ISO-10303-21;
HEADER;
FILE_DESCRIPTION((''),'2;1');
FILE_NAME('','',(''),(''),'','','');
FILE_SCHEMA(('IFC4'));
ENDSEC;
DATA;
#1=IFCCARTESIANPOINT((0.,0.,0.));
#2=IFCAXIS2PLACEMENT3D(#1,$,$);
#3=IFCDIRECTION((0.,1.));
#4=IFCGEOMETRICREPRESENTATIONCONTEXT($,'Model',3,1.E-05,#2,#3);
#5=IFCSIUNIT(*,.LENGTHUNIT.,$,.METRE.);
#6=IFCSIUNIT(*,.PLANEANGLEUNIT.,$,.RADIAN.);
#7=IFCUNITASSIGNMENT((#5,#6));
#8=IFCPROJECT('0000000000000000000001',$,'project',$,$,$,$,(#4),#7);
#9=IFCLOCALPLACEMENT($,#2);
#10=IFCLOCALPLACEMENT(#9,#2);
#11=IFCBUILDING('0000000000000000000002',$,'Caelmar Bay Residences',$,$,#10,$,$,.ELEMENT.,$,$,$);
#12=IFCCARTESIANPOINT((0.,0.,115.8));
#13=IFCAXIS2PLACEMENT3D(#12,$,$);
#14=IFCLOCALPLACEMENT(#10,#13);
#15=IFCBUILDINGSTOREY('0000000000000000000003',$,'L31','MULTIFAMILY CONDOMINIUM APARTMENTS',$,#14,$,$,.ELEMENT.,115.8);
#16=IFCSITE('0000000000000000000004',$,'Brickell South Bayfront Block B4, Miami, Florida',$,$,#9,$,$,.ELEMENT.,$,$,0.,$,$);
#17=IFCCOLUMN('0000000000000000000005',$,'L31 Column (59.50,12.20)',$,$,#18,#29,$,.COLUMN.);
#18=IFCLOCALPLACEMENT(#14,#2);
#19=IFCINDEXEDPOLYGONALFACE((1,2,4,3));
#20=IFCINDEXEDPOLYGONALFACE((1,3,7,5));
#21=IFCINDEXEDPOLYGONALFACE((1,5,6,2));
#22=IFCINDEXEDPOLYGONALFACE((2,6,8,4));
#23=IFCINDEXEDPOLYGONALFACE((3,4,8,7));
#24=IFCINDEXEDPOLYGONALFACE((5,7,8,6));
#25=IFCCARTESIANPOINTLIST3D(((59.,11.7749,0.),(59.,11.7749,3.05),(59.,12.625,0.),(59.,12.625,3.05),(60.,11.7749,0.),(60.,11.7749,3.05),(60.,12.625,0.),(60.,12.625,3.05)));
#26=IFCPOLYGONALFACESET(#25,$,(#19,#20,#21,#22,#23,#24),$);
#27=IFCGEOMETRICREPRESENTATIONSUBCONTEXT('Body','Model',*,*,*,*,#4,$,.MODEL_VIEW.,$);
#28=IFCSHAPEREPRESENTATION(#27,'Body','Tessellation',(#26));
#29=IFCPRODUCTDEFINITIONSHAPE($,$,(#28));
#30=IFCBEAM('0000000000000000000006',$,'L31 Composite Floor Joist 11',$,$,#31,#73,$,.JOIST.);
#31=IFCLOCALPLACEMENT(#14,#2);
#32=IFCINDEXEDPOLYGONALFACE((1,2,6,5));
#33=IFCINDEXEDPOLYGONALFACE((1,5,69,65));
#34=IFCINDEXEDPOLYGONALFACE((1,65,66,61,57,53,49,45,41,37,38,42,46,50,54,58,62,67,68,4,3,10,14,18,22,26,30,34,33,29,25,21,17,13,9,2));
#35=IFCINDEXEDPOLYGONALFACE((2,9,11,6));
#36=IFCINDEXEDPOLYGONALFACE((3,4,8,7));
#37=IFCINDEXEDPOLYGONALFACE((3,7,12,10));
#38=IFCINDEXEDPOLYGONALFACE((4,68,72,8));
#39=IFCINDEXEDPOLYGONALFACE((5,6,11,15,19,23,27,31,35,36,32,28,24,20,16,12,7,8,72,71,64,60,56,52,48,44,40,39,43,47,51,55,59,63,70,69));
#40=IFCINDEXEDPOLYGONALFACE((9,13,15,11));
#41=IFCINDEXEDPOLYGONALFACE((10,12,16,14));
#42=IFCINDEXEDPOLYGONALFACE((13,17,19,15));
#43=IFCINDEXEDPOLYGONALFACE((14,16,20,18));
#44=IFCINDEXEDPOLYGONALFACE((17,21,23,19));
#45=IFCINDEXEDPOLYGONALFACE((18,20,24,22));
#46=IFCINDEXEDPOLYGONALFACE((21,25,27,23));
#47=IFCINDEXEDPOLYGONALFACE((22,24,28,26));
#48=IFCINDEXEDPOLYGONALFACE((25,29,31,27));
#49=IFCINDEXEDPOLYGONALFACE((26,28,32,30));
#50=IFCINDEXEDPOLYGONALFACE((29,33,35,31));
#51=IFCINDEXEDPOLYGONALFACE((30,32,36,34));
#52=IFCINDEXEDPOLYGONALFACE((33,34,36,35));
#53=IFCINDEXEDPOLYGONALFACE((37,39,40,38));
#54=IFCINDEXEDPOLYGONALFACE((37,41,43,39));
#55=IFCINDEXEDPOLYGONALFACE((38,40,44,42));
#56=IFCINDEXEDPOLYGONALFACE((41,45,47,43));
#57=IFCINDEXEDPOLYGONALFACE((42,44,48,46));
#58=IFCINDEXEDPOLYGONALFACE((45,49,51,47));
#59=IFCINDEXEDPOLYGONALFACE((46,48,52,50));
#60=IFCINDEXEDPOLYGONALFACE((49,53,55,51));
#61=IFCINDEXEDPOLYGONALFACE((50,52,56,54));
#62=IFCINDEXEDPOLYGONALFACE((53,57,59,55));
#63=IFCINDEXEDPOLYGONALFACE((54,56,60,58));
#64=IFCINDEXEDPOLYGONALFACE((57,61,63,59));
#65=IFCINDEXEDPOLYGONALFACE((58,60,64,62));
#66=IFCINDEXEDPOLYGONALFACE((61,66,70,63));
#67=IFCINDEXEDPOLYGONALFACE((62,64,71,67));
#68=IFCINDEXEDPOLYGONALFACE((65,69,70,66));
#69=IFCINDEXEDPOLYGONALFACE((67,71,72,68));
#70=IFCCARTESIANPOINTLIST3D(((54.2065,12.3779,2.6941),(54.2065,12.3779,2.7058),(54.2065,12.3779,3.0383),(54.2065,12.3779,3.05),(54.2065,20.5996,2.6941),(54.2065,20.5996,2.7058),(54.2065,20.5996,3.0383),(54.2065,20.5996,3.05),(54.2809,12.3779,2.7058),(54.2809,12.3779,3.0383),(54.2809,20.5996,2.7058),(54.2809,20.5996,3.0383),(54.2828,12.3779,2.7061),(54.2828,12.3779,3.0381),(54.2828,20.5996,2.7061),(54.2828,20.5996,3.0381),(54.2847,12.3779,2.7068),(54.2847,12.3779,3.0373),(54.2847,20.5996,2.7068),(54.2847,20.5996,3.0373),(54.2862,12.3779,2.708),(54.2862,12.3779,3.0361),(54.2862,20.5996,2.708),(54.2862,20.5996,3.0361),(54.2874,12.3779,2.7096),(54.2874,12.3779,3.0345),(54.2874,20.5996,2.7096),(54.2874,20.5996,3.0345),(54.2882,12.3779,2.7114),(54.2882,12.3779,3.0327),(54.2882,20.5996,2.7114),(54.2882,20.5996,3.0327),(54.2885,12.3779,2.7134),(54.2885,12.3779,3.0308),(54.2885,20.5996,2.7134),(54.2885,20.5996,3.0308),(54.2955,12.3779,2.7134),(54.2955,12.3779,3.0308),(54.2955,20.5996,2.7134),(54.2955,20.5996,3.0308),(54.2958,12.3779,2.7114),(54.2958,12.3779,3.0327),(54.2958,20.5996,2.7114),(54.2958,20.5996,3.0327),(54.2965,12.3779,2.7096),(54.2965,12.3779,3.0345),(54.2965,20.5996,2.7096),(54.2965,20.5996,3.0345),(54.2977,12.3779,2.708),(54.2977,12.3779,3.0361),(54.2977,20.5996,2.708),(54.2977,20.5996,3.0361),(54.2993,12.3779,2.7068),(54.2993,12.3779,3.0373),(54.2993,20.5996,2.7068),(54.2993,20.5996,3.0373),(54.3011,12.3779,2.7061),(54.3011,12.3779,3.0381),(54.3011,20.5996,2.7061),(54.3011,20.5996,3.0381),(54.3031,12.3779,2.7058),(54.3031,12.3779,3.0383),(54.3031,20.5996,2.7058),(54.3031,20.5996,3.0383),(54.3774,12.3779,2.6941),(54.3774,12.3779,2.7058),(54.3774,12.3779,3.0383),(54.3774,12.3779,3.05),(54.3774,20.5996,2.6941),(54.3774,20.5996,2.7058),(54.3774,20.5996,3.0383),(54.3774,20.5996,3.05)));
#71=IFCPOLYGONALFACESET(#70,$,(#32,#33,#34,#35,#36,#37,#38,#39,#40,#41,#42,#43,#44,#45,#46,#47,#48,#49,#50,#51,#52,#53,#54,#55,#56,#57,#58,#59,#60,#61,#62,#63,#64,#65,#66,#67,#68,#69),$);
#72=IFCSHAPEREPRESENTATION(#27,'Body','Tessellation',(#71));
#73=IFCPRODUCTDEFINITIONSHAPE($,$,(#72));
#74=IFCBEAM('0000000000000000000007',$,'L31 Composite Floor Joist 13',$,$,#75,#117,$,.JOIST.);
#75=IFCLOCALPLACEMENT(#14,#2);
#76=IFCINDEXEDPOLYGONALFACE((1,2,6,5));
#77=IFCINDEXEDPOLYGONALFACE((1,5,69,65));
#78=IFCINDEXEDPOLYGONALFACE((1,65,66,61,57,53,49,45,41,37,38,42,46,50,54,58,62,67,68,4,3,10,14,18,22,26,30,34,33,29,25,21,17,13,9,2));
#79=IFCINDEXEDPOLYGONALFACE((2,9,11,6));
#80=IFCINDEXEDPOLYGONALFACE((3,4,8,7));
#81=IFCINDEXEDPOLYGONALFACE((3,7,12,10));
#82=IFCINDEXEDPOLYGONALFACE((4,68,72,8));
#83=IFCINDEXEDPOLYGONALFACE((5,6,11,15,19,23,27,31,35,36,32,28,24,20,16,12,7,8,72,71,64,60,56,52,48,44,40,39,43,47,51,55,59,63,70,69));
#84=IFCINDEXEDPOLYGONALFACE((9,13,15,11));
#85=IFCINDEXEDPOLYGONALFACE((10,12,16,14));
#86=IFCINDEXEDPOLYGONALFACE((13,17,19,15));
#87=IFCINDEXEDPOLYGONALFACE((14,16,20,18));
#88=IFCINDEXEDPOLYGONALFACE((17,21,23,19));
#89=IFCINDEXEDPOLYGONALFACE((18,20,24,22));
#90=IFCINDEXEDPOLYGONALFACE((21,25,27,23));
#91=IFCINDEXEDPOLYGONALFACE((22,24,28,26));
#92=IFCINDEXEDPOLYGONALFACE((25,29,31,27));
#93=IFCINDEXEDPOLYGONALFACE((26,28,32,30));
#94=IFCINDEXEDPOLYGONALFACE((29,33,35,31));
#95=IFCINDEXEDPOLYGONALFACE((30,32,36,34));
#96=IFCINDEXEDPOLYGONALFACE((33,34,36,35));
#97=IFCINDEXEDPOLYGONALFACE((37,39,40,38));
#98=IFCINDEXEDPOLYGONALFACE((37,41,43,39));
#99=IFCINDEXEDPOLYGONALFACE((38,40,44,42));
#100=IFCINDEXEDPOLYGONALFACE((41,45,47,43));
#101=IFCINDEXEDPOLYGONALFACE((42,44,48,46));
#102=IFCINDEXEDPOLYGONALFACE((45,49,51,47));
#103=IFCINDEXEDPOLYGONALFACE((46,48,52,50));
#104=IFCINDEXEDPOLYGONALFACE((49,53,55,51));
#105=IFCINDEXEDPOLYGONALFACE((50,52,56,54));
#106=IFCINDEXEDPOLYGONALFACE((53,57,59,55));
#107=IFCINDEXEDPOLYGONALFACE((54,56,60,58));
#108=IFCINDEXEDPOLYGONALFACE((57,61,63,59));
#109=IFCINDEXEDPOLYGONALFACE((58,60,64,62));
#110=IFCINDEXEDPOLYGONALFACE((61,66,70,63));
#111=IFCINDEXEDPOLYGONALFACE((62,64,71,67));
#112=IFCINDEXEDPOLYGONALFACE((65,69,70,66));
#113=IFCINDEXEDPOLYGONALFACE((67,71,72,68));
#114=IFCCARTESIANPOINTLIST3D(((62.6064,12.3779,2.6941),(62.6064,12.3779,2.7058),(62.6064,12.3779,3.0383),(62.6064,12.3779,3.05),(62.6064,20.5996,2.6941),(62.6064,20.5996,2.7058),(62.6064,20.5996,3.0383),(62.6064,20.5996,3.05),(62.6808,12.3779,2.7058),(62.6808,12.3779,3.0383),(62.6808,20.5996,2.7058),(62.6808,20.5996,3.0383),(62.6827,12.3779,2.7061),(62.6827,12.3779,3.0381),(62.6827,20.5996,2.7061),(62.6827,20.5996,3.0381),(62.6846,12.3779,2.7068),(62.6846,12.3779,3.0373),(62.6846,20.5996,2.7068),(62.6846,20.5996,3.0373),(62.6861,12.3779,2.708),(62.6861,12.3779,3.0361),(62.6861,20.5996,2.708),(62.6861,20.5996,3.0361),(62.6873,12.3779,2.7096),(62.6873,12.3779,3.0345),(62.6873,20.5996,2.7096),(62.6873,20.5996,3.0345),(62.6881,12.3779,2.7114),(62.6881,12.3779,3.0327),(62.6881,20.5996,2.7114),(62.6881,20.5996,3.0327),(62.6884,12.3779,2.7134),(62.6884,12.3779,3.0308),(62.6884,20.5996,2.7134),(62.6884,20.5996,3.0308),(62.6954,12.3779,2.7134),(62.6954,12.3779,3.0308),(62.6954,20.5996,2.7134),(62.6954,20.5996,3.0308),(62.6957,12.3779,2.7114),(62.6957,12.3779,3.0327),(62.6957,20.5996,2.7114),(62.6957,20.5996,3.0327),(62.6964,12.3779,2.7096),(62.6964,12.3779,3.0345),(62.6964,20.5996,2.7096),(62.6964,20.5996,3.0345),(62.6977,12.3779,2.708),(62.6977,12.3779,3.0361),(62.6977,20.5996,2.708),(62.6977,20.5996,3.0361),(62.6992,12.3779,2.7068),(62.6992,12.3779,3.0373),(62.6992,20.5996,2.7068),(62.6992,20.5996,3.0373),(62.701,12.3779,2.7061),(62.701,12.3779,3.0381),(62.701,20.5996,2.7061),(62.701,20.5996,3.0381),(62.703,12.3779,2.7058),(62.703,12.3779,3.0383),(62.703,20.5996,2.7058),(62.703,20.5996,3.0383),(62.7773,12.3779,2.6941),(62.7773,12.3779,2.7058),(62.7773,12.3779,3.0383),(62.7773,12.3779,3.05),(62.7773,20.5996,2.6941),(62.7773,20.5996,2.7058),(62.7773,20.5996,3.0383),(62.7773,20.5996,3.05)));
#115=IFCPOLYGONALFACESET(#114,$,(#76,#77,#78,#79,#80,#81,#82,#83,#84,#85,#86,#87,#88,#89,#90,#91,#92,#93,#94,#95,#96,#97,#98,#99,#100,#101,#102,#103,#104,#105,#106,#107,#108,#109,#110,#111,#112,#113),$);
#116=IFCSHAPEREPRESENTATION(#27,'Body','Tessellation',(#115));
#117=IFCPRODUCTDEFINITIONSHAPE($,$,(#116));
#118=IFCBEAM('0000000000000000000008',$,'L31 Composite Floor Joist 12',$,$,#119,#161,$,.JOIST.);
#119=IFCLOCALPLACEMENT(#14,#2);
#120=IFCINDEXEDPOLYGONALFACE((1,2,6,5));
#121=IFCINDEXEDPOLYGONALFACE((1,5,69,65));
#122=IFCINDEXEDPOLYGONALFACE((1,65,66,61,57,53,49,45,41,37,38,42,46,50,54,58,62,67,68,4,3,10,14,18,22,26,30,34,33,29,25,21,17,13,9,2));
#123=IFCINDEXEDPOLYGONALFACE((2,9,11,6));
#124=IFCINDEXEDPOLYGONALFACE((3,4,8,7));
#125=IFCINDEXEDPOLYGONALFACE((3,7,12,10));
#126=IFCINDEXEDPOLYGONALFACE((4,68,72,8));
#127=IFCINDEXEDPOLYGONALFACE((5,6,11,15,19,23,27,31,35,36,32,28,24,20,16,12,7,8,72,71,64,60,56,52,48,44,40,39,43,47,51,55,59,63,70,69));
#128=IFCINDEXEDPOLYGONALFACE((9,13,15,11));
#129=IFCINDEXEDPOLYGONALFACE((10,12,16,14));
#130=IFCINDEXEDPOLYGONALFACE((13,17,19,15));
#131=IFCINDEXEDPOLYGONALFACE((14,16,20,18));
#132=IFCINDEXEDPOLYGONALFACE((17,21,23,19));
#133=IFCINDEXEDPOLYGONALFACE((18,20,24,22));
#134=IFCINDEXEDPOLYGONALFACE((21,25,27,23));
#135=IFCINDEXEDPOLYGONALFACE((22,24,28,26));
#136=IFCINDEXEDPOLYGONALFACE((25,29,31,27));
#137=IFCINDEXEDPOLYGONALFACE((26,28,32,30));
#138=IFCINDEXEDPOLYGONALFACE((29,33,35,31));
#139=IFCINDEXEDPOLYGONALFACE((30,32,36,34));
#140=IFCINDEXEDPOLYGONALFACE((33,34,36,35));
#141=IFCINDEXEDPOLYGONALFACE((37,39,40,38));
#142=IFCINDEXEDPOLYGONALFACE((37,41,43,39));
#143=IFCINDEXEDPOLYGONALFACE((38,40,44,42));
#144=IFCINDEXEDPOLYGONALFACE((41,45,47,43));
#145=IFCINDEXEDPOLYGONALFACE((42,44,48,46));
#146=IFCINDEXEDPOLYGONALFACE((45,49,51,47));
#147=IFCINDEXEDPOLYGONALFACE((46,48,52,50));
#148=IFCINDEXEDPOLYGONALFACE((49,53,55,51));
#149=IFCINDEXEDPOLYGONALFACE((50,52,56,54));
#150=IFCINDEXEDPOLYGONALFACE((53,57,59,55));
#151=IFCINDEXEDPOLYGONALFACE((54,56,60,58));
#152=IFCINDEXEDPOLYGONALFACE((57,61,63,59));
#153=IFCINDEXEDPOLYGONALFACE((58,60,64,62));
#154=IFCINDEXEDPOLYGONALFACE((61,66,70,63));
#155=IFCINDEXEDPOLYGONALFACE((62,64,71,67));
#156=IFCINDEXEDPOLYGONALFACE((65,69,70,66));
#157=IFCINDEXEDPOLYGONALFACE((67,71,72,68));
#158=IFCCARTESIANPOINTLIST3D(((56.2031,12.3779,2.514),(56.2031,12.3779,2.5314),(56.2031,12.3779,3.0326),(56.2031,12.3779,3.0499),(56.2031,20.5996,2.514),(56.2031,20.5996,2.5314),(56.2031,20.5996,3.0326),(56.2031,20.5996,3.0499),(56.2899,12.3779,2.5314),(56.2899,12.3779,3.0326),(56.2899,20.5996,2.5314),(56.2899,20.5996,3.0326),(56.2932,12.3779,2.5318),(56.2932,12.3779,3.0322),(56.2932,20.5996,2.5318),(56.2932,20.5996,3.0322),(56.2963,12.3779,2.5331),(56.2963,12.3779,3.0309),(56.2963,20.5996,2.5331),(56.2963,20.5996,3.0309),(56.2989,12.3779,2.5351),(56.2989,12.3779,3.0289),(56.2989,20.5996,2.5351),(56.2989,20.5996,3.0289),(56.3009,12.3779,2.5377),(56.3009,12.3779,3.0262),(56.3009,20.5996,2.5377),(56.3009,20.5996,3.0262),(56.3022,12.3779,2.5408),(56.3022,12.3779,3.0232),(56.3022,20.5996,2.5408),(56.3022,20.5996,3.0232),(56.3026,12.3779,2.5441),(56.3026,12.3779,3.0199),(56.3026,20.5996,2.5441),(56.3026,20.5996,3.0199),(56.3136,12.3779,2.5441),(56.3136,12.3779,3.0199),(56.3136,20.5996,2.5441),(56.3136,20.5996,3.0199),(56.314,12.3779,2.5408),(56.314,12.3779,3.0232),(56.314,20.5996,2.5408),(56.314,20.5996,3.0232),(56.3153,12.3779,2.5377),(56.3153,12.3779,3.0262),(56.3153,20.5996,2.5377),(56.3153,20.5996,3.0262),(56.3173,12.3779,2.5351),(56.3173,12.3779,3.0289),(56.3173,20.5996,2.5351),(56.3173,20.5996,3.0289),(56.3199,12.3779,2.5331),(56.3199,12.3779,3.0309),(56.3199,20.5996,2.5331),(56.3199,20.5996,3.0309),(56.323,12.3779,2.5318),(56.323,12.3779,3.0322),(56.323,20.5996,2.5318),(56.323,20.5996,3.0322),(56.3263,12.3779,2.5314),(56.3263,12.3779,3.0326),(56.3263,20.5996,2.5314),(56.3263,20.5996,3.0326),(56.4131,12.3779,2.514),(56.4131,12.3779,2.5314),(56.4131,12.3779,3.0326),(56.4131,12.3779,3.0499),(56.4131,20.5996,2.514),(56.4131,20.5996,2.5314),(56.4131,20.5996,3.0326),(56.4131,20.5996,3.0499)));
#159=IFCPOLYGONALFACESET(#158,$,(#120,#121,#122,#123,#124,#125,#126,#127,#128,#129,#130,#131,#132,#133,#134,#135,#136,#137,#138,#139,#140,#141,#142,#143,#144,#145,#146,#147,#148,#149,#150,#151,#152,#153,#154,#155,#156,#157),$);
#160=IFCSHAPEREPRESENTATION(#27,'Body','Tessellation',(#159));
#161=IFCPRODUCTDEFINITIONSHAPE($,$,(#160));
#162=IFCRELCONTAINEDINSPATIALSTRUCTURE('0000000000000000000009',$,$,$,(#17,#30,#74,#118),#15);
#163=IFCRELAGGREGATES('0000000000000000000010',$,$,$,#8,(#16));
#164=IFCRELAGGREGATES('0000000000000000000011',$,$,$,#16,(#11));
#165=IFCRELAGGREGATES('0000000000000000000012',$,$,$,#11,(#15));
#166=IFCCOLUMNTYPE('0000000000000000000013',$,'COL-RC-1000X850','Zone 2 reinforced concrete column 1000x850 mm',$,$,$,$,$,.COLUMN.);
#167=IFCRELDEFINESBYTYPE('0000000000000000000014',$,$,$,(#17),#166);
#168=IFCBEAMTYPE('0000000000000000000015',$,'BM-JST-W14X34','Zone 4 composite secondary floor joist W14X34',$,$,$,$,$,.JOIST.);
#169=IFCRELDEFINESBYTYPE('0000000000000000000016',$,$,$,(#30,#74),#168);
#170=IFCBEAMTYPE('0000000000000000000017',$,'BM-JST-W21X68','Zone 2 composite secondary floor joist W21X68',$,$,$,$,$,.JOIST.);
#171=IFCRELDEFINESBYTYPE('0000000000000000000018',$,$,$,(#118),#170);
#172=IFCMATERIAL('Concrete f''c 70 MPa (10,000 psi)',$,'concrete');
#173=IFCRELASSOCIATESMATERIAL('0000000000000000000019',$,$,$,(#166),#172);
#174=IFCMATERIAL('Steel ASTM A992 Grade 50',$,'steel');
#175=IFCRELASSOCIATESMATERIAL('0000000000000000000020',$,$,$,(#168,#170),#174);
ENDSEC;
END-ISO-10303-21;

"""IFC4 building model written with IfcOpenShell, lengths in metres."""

from ifc_helpers import new_model, si_unit, direction, frame, origin, origin_2d, place, context, subcontext, project, spatial, rectangle, i_section, extrude, material, material_profile, profile_set, type_object, element, save


model = new_model("IFC4")

# Units and contexts
model_context = context("Model", 3, precision=1e-05, world=origin(), true_north=direction((0.0, 1.0)))
body_context = subcontext(model_context, "Body", "Model", "MODEL_VIEW")
ifc_project = project(units=[si_unit("LENGTHUNIT", "METRE"), si_unit("PLANEANGLEUNIT", "RADIAN")], contexts=[model_context])

# Site, building, storey
site_placement = place(None, origin())
site = spatial("IfcSite", under=ifc_project, at=site_placement, Name="Brickell South Bayfront Block B4, Miami, Florida", CompositionType="ELEMENT", RefElevation=0.0)
building_placement = place(site_placement, origin())
building = spatial("IfcBuilding", under=site, at=building_placement, Name="Caelmar Bay Residences", CompositionType="ELEMENT")
storey_placement = place(building_placement, frame((0.0, 0.0, 115.8)))
storey = spatial("IfcBuildingStorey", under=building, at=storey_placement, Name="L31", Description="MULTIFAMILY CONDOMINIUM APARTMENTS", CompositionType="ELEMENT", Elevation=115.8)

# Column
ifc_material_1 = material(Name="Concrete f'c 70 MPa (10,000 psi)", Category="concrete")
ifc_material_profile_1 = material_profile(ifc_material_1, rectangle(XDim=1.0, YDim=0.8501, at=origin_2d()), Name="RC-COL-1000X850")
ifc_profile_set_1 = profile_set([ifc_material_profile_1], Name="Concrete f'c 70 MPa (10,000 psi)")
column_type = type_object("IfcColumnType", Name="COL-RC-1000X850", Description="Zone 2 reinforced concrete column 1000x850 mm", PredefinedType="COLUMN", material=ifc_profile_set_1)
column_placement = place(storey_placement, frame((59.5, 12.2, 0.0), z_axis=(0.0, 0.0, 1.0), x_axis=(1.0, 0.0, 0.0)))
element("IfcColumn", 1, at=column_placement, inside=storey, type_object=column_type, Name="L31 Column (59.50,12.20)", PredefinedType="COLUMN", context=body_context, shape_type="SweptSolid", body=[
    extrude(rectangle(XDim=1.0, YDim=0.8501, at=origin_2d()), origin(), (0.0, 0.0, 1.0), 3.05),
])

# Beams
ifc_material_2 = material(Name="Steel ASTM A992 Grade 50", Category="steel")
ifc_material_profile_2 = material_profile(ifc_material_2, i_section(OverallWidth=0.1709, OverallDepth=0.356, WebThickness=0.0071, FlangeThickness=0.0117, FilletRadius=0.0076, at=origin_2d()), Name="W14X34")
ifc_profile_set_2 = profile_set([ifc_material_profile_2], Name="Steel ASTM A992 Grade 50")
beam_type_1 = type_object("IfcBeamType", Name="BM-JST-W14X34", Description="Zone 4 composite secondary floor joist W14X34", PredefinedType="JOIST", material=ifc_profile_set_2)
for number, where, z_axis, x_axis, name in (
    (2, (54.292, 12.3779, 2.8721), (0.0, 1.0, 0.0), (-1.0, 0.0, 0.0), "L31 Composite Floor Joist 11"),
    (3, (62.6919, 12.3779, 2.8721), (0.0, 1.0, 0.0), (-1.0, 0.0, 0.0), "L31 Composite Floor Joist 13"),
):
    element("IfcBeam", number, at=place(storey_placement, frame(where, z_axis=z_axis, x_axis=x_axis)), inside=storey, type_object=beam_type_1, Name=name, PredefinedType="JOIST", context=body_context, shape_type="SweptSolid", body=[
        extrude(i_section(OverallWidth=0.1709, OverallDepth=0.356, WebThickness=0.0071, FlangeThickness=0.0117, FilletRadius=0.0076, at=origin_2d()), origin(), (0.0, 0.0, 1.0), 8.2217),
    ])
ifc_material_profile_3 = material_profile(ifc_material_2, i_section(OverallWidth=0.21, OverallDepth=0.5359, WebThickness=0.011, FlangeThickness=0.0173, FilletRadius=0.0127, at=origin_2d()), Name="W21X68")
ifc_profile_set_3 = profile_set([ifc_material_profile_3], Name="Steel ASTM A992 Grade 50")
beam_type_2 = type_object("IfcBeamType", Name="BM-JST-W21X68", Description="Zone 2 composite secondary floor joist W21X68", PredefinedType="JOIST", material=ifc_profile_set_3)
beam_placement = place(storey_placement, frame((56.3081, 12.3779, 2.782), z_axis=(0.0, 1.0, 0.0), x_axis=(-1.0, 0.0, 0.0)))
element("IfcBeam", 4, at=beam_placement, inside=storey, type_object=beam_type_2, Name="L31 Composite Floor Joist 12", PredefinedType="JOIST", context=body_context, shape_type="SweptSolid", body=[
    extrude(i_section(OverallWidth=0.21, OverallDepth=0.5359, WebThickness=0.011, FlangeThickness=0.0173, FilletRadius=0.0127, at=origin_2d()), origin(), (0.0, 0.0, 1.0), 8.2217),
])

save(model, "model.ifc")
